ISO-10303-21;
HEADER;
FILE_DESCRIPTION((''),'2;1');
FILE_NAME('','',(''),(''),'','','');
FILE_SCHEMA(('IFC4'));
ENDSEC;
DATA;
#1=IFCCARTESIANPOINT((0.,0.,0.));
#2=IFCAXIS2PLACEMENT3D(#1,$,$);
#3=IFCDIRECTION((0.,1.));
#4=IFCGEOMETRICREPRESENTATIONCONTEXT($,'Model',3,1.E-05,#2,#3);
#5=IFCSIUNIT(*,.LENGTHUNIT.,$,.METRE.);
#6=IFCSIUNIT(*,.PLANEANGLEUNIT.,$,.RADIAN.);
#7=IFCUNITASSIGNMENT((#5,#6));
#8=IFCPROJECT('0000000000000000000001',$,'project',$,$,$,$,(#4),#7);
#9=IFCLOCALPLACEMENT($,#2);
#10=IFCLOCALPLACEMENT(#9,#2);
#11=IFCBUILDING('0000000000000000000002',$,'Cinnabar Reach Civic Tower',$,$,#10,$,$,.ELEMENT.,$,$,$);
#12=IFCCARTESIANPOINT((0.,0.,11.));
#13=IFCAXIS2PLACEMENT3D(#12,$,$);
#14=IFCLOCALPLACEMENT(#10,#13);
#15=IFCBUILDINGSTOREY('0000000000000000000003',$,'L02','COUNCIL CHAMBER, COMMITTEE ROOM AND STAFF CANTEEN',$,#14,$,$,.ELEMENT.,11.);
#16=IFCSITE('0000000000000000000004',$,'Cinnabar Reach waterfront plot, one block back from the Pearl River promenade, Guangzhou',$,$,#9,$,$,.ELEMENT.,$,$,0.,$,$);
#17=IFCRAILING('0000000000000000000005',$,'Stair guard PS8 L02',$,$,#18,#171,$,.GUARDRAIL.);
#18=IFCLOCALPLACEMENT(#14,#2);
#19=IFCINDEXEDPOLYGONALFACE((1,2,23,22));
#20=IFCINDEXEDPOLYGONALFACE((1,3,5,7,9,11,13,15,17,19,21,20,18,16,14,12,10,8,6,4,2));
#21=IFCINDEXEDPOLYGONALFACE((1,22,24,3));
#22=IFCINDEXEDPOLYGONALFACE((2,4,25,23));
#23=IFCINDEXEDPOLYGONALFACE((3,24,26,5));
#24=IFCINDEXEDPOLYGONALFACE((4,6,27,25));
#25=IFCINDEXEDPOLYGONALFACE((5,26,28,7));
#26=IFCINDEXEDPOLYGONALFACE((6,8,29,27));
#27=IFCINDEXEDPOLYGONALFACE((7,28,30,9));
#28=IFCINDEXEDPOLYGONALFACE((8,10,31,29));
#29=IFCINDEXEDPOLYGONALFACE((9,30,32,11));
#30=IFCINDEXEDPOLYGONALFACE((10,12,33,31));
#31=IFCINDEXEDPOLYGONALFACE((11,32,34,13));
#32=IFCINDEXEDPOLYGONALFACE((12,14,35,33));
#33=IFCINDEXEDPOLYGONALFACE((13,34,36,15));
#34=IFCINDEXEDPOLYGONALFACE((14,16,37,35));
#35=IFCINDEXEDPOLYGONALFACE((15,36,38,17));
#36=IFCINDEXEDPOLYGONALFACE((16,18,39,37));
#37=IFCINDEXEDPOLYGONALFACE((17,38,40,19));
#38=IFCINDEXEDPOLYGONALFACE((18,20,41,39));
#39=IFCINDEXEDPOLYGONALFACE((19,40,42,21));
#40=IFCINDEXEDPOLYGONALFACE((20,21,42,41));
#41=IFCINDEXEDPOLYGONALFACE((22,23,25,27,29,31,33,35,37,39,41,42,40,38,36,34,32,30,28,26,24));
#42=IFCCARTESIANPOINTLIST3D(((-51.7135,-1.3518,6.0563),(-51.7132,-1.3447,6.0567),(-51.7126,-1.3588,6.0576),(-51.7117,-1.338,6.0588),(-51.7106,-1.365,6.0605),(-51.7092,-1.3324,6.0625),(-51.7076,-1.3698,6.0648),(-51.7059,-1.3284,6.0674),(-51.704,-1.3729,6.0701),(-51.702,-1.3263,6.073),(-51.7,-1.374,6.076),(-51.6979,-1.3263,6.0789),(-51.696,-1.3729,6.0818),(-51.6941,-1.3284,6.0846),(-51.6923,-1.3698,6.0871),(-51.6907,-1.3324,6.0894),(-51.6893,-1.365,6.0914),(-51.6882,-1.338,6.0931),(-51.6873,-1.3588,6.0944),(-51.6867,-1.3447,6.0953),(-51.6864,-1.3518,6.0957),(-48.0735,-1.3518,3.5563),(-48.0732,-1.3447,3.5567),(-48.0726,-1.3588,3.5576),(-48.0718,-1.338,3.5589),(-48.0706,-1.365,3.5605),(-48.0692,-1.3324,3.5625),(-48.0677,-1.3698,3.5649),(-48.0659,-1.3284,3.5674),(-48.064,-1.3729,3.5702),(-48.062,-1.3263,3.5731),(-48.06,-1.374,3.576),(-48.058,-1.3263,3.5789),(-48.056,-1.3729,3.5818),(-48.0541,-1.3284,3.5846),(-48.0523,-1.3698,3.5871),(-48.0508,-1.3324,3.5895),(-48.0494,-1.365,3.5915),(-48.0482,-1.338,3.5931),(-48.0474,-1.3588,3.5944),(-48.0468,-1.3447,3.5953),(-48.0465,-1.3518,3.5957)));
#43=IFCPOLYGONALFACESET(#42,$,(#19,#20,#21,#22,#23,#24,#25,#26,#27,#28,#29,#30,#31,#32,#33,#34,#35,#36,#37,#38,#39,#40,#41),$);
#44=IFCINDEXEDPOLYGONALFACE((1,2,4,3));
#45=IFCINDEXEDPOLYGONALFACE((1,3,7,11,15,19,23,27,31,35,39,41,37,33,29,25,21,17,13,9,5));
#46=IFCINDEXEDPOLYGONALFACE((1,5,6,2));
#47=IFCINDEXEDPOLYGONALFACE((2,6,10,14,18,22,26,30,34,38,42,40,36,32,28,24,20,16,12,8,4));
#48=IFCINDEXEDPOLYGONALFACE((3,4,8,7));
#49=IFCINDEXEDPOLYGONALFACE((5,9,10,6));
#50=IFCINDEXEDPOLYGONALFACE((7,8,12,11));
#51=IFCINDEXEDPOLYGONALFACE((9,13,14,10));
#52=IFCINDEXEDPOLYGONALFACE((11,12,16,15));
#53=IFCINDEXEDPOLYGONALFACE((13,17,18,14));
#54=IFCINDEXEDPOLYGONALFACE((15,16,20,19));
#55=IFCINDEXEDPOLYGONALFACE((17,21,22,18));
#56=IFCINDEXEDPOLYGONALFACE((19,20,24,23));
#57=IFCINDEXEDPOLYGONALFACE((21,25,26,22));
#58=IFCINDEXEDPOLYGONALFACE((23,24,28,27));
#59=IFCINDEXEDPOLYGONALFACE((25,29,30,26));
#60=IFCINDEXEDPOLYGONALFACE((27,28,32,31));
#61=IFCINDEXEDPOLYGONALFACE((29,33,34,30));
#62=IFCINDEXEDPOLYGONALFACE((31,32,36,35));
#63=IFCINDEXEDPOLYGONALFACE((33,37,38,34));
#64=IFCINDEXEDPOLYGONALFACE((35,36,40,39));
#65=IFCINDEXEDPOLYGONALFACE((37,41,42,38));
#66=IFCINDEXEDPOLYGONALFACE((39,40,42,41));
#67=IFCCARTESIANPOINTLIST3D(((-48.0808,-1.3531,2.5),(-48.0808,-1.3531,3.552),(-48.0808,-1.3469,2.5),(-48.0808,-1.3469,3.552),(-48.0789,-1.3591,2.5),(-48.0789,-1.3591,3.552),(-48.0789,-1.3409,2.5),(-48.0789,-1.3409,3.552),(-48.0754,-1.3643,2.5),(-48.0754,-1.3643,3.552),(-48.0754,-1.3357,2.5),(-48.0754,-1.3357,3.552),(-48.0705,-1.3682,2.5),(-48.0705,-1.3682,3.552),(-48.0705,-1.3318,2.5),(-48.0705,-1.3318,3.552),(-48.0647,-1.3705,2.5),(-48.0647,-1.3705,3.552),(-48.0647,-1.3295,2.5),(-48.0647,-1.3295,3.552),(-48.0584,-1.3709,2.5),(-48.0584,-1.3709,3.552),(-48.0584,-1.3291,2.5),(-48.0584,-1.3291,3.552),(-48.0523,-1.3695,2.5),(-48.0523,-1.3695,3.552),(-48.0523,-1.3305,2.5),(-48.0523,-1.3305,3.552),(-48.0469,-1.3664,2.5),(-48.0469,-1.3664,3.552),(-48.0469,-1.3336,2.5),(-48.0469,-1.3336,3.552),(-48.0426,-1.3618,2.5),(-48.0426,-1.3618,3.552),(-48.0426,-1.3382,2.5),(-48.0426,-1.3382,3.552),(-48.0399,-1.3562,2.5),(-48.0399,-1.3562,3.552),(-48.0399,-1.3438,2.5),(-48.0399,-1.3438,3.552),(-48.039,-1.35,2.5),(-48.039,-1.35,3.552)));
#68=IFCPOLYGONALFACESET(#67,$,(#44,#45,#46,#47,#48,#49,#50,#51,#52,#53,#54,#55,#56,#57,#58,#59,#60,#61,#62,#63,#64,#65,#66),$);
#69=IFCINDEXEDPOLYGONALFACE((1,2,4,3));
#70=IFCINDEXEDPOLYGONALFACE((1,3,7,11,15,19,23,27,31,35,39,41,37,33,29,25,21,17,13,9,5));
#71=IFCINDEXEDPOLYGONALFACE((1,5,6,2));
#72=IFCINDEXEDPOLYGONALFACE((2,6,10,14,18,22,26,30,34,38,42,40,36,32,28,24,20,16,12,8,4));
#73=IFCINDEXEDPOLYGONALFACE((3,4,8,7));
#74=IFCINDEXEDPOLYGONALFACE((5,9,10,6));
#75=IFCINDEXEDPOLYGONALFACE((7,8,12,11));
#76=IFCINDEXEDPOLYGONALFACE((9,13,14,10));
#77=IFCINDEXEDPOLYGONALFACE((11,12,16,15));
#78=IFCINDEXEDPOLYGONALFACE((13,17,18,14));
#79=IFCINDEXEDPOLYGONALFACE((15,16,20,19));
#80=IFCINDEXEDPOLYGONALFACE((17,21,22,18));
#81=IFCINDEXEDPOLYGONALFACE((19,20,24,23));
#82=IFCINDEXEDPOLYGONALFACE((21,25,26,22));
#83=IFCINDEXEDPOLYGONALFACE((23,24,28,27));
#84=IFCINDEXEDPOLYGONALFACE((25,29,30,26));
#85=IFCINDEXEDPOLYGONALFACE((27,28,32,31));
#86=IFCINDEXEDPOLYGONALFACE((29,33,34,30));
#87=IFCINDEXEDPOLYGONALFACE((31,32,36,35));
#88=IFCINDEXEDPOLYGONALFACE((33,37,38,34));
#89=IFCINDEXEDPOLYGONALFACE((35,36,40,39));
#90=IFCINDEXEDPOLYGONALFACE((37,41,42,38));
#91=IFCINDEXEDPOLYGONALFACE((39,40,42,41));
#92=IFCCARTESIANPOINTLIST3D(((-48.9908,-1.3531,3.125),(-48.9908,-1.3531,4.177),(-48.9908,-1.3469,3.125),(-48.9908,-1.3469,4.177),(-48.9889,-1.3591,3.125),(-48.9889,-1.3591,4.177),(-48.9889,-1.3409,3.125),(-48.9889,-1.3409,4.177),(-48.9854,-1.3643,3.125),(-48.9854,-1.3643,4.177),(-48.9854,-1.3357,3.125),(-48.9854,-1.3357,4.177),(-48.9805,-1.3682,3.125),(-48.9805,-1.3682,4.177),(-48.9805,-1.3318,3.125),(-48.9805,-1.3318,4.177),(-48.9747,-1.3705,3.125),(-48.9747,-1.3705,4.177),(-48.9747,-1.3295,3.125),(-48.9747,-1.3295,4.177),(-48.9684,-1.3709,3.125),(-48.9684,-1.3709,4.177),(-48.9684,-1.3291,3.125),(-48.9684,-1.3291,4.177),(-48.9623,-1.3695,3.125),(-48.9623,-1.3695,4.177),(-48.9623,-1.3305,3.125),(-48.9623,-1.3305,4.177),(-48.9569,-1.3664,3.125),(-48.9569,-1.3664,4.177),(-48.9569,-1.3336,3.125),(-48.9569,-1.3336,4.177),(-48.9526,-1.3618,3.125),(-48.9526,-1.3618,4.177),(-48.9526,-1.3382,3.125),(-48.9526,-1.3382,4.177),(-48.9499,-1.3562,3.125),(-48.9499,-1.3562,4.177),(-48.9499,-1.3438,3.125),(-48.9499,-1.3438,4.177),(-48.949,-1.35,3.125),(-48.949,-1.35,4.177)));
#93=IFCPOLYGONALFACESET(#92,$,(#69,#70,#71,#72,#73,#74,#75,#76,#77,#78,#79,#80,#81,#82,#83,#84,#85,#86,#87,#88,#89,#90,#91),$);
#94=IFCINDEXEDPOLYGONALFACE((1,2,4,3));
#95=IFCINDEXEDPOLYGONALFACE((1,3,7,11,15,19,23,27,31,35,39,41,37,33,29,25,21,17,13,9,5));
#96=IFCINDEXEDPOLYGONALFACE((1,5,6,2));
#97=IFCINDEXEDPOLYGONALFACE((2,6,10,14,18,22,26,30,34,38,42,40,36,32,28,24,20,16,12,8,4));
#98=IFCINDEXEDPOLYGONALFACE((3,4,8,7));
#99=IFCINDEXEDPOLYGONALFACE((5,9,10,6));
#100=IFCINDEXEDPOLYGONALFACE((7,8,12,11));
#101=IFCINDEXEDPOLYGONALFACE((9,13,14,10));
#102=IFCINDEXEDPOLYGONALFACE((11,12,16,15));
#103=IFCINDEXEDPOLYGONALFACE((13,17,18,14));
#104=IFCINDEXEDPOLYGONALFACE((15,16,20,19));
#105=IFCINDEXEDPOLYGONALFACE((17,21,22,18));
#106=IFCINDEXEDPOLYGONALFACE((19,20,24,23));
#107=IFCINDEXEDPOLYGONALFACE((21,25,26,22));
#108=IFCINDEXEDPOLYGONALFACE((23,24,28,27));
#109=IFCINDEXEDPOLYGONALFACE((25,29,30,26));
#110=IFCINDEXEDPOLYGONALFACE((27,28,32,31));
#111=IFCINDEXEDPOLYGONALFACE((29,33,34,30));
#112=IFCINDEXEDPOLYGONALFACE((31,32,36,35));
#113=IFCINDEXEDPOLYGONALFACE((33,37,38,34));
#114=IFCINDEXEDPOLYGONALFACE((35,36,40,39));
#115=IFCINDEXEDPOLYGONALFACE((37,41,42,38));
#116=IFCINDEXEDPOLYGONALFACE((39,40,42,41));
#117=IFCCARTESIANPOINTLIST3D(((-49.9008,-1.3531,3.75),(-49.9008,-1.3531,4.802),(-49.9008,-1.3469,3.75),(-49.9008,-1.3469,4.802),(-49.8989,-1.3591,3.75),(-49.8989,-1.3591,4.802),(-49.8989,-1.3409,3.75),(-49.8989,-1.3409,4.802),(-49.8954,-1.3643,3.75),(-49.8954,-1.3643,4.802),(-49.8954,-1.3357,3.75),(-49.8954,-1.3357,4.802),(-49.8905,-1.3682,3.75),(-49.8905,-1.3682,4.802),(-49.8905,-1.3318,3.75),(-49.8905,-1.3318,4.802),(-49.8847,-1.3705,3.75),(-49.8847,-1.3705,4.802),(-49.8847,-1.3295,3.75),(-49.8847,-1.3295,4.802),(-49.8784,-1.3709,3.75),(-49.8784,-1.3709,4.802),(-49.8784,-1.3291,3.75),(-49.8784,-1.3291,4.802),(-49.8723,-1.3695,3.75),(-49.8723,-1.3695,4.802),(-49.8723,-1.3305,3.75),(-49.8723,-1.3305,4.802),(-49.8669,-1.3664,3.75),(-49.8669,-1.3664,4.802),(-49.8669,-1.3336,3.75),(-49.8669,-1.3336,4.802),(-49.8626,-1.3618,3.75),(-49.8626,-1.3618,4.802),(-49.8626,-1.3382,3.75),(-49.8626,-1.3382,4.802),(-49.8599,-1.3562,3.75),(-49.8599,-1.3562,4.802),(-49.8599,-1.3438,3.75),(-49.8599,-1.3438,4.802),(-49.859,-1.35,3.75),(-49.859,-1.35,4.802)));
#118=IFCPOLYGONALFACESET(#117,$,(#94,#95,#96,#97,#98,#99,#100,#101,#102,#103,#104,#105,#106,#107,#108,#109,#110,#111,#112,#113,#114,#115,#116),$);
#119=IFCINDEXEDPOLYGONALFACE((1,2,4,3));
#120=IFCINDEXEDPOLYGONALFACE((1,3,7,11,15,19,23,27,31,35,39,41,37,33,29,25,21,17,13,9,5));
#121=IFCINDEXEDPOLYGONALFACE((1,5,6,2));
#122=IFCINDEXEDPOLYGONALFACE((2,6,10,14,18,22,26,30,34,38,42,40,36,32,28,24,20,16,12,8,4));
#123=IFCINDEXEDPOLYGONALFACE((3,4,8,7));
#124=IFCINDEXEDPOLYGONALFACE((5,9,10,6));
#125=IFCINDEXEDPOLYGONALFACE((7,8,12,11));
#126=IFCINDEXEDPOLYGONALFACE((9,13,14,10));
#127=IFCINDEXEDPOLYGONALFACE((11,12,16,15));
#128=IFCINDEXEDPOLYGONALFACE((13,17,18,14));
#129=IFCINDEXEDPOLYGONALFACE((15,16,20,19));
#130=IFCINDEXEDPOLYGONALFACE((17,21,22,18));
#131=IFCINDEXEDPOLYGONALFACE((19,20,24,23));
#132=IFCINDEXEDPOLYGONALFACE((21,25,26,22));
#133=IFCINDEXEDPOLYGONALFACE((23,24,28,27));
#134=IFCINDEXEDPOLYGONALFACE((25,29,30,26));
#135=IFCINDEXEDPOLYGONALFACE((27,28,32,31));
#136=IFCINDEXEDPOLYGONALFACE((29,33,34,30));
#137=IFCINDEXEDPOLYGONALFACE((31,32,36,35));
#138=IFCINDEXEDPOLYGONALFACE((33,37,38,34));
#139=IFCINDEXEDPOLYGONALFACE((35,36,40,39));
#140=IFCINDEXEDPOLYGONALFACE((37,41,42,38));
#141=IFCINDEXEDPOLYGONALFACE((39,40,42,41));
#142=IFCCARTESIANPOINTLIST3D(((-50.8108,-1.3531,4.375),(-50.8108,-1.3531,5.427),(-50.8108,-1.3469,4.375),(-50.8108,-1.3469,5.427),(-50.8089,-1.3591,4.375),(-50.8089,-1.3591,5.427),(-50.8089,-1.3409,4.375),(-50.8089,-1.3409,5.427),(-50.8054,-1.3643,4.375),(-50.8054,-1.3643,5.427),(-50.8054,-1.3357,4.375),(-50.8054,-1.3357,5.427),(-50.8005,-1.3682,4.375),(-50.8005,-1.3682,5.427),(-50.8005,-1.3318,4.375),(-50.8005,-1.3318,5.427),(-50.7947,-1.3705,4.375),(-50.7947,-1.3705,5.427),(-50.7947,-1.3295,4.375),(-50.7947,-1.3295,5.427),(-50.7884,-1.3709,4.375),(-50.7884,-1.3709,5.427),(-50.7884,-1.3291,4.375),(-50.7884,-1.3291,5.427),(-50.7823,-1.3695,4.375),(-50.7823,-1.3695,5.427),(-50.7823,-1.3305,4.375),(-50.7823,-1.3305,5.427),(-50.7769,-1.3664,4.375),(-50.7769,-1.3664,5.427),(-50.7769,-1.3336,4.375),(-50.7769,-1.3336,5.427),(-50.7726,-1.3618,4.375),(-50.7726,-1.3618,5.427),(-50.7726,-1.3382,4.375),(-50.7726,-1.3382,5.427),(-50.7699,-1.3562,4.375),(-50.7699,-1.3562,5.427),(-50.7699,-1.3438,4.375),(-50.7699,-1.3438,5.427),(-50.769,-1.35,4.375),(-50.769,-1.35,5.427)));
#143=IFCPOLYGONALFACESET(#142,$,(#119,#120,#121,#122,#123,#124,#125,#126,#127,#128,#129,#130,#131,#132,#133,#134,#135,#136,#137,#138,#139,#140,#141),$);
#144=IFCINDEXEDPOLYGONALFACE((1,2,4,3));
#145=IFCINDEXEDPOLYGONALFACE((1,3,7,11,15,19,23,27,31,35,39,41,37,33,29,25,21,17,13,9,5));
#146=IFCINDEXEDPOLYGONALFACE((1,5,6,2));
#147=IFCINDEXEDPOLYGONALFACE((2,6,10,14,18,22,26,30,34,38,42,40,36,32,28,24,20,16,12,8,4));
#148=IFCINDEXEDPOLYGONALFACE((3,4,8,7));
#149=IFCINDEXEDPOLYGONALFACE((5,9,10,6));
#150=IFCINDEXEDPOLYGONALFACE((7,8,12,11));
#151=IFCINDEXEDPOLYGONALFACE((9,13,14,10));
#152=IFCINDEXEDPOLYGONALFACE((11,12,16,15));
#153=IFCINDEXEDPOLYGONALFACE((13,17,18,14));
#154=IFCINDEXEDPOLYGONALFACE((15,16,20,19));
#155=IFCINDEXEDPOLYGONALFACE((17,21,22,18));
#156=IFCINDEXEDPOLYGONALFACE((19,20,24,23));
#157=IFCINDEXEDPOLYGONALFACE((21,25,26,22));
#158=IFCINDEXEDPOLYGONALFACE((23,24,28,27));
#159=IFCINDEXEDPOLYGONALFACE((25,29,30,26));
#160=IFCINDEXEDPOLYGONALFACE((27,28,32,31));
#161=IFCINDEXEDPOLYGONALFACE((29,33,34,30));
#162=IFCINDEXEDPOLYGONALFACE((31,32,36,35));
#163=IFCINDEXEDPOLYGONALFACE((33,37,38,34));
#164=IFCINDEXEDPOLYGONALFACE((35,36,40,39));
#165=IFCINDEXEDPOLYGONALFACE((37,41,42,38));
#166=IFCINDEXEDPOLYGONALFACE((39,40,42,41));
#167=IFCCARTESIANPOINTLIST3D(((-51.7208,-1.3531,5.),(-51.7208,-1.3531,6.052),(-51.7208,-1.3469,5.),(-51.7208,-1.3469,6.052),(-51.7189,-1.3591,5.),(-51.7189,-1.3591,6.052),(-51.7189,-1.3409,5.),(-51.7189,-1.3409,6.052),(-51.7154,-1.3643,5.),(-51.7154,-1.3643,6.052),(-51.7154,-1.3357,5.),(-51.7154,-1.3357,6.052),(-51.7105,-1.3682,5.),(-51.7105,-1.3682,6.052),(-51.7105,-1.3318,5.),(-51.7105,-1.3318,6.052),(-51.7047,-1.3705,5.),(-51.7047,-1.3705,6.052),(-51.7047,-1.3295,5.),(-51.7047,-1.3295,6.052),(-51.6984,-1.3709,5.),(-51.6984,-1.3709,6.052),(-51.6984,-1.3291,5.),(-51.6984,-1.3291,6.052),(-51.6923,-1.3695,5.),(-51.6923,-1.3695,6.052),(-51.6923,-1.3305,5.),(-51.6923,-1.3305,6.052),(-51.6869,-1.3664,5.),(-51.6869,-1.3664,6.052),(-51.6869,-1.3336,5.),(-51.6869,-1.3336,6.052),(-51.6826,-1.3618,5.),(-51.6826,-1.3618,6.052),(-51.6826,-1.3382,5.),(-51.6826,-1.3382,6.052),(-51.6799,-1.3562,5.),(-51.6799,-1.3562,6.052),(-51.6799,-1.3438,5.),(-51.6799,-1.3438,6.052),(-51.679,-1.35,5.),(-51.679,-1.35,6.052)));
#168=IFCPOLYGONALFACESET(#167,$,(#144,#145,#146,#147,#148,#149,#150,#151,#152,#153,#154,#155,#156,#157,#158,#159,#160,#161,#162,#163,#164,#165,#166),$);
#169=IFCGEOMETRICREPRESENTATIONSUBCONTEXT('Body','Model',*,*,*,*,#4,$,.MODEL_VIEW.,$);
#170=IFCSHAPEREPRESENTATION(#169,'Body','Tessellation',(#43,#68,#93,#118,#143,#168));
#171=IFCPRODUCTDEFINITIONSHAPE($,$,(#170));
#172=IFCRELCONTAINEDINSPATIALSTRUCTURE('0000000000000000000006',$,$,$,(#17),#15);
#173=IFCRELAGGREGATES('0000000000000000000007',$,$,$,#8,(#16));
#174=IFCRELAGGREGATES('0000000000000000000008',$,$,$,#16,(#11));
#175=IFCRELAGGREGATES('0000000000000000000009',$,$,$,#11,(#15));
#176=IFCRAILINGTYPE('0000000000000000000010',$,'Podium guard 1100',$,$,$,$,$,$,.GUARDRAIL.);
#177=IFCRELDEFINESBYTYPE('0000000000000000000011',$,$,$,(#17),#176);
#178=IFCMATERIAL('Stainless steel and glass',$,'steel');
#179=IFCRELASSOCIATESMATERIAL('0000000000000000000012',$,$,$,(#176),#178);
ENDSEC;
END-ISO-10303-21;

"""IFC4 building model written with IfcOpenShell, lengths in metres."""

from ifc_helpers import new_model, si_unit, direction, frame, origin, origin_2d, place, context, subcontext, project, spatial, circle, extrude, material, type_object, element, save


model = new_model("IFC4")

# Units and contexts
model_context = context("Model", 3, precision=1e-05, world=origin(), true_north=direction((0.0, 1.0)))
body_context = subcontext(model_context, "Body", "Model", "MODEL_VIEW")
ifc_project = project(units=[si_unit("LENGTHUNIT", "METRE"), si_unit("PLANEANGLEUNIT", "RADIAN")], contexts=[model_context])

# Site, building, storey
site_placement = place(None, origin())
site = spatial("IfcSite", under=ifc_project, at=site_placement, Name="Cinnabar Reach waterfront plot, one block back from the Pearl River promenade, Guangzhou", CompositionType="ELEMENT", RefElevation=0.0)
building_placement = place(site_placement, origin())
building = spatial("IfcBuilding", under=site, at=building_placement, Name="Cinnabar Reach Civic Tower", CompositionType="ELEMENT")
storey_placement = place(building_placement, frame((0.0, 0.0, 11.0)))
storey = spatial("IfcBuildingStorey", under=building, at=storey_placement, Name="L02", Description="COUNCIL CHAMBER, COMMITTEE ROOM AND STAFF CANTEEN", CompositionType="ELEMENT", Elevation=11.0)

# Railing
ifc_material_1 = material(Name="Stainless steel and glass", Category="steel")
railing_type_1 = type_object("IfcRailingType", Name="Podium guard 1100", PredefinedType="GUARDRAIL", material=ifc_material_1)
railing_1_placement = place(storey_placement, frame((-48.06, -1.35, 2.5)))
element("IfcRailing", 1, at=railing_1_placement, inside=storey, type_object=railing_type_1, Name="Stair guard PS8 L02", PredefinedType="GUARDRAIL", context=body_context, shape_type="SweptSolid", body=[
    extrude(circle(Radius=0.024, at=origin_2d()), frame((0.0, 0.0, 1.076), z_axis=(-0.824306, 0.0, 0.566144), x_axis=(0.0, -1.0, 0.0)), (0.0, 0.0, 1.0), 4.4158),
    extrude(circle(Radius=0.021, at=origin_2d()), origin(), (0.0, 0.0, 1.0), 1.052),
    extrude(circle(Radius=0.021, at=origin_2d()), frame((-0.91, 0.0, 0.625)), (0.0, 0.0, 1.0), 1.052),
    extrude(circle(Radius=0.021, at=origin_2d()), frame((-1.82, 0.0, 1.25)), (0.0, 0.0, 1.0), 1.052),
    extrude(circle(Radius=0.021, at=origin_2d()), frame((-2.73, 0.0, 1.875)), (0.0, 0.0, 1.0), 1.052),
    extrude(circle(Radius=0.021, at=origin_2d()), frame((-3.64, 0.0, 2.5)), (0.0, 0.0, 1.0), 1.052),
])

save(model, "model.ifc")
